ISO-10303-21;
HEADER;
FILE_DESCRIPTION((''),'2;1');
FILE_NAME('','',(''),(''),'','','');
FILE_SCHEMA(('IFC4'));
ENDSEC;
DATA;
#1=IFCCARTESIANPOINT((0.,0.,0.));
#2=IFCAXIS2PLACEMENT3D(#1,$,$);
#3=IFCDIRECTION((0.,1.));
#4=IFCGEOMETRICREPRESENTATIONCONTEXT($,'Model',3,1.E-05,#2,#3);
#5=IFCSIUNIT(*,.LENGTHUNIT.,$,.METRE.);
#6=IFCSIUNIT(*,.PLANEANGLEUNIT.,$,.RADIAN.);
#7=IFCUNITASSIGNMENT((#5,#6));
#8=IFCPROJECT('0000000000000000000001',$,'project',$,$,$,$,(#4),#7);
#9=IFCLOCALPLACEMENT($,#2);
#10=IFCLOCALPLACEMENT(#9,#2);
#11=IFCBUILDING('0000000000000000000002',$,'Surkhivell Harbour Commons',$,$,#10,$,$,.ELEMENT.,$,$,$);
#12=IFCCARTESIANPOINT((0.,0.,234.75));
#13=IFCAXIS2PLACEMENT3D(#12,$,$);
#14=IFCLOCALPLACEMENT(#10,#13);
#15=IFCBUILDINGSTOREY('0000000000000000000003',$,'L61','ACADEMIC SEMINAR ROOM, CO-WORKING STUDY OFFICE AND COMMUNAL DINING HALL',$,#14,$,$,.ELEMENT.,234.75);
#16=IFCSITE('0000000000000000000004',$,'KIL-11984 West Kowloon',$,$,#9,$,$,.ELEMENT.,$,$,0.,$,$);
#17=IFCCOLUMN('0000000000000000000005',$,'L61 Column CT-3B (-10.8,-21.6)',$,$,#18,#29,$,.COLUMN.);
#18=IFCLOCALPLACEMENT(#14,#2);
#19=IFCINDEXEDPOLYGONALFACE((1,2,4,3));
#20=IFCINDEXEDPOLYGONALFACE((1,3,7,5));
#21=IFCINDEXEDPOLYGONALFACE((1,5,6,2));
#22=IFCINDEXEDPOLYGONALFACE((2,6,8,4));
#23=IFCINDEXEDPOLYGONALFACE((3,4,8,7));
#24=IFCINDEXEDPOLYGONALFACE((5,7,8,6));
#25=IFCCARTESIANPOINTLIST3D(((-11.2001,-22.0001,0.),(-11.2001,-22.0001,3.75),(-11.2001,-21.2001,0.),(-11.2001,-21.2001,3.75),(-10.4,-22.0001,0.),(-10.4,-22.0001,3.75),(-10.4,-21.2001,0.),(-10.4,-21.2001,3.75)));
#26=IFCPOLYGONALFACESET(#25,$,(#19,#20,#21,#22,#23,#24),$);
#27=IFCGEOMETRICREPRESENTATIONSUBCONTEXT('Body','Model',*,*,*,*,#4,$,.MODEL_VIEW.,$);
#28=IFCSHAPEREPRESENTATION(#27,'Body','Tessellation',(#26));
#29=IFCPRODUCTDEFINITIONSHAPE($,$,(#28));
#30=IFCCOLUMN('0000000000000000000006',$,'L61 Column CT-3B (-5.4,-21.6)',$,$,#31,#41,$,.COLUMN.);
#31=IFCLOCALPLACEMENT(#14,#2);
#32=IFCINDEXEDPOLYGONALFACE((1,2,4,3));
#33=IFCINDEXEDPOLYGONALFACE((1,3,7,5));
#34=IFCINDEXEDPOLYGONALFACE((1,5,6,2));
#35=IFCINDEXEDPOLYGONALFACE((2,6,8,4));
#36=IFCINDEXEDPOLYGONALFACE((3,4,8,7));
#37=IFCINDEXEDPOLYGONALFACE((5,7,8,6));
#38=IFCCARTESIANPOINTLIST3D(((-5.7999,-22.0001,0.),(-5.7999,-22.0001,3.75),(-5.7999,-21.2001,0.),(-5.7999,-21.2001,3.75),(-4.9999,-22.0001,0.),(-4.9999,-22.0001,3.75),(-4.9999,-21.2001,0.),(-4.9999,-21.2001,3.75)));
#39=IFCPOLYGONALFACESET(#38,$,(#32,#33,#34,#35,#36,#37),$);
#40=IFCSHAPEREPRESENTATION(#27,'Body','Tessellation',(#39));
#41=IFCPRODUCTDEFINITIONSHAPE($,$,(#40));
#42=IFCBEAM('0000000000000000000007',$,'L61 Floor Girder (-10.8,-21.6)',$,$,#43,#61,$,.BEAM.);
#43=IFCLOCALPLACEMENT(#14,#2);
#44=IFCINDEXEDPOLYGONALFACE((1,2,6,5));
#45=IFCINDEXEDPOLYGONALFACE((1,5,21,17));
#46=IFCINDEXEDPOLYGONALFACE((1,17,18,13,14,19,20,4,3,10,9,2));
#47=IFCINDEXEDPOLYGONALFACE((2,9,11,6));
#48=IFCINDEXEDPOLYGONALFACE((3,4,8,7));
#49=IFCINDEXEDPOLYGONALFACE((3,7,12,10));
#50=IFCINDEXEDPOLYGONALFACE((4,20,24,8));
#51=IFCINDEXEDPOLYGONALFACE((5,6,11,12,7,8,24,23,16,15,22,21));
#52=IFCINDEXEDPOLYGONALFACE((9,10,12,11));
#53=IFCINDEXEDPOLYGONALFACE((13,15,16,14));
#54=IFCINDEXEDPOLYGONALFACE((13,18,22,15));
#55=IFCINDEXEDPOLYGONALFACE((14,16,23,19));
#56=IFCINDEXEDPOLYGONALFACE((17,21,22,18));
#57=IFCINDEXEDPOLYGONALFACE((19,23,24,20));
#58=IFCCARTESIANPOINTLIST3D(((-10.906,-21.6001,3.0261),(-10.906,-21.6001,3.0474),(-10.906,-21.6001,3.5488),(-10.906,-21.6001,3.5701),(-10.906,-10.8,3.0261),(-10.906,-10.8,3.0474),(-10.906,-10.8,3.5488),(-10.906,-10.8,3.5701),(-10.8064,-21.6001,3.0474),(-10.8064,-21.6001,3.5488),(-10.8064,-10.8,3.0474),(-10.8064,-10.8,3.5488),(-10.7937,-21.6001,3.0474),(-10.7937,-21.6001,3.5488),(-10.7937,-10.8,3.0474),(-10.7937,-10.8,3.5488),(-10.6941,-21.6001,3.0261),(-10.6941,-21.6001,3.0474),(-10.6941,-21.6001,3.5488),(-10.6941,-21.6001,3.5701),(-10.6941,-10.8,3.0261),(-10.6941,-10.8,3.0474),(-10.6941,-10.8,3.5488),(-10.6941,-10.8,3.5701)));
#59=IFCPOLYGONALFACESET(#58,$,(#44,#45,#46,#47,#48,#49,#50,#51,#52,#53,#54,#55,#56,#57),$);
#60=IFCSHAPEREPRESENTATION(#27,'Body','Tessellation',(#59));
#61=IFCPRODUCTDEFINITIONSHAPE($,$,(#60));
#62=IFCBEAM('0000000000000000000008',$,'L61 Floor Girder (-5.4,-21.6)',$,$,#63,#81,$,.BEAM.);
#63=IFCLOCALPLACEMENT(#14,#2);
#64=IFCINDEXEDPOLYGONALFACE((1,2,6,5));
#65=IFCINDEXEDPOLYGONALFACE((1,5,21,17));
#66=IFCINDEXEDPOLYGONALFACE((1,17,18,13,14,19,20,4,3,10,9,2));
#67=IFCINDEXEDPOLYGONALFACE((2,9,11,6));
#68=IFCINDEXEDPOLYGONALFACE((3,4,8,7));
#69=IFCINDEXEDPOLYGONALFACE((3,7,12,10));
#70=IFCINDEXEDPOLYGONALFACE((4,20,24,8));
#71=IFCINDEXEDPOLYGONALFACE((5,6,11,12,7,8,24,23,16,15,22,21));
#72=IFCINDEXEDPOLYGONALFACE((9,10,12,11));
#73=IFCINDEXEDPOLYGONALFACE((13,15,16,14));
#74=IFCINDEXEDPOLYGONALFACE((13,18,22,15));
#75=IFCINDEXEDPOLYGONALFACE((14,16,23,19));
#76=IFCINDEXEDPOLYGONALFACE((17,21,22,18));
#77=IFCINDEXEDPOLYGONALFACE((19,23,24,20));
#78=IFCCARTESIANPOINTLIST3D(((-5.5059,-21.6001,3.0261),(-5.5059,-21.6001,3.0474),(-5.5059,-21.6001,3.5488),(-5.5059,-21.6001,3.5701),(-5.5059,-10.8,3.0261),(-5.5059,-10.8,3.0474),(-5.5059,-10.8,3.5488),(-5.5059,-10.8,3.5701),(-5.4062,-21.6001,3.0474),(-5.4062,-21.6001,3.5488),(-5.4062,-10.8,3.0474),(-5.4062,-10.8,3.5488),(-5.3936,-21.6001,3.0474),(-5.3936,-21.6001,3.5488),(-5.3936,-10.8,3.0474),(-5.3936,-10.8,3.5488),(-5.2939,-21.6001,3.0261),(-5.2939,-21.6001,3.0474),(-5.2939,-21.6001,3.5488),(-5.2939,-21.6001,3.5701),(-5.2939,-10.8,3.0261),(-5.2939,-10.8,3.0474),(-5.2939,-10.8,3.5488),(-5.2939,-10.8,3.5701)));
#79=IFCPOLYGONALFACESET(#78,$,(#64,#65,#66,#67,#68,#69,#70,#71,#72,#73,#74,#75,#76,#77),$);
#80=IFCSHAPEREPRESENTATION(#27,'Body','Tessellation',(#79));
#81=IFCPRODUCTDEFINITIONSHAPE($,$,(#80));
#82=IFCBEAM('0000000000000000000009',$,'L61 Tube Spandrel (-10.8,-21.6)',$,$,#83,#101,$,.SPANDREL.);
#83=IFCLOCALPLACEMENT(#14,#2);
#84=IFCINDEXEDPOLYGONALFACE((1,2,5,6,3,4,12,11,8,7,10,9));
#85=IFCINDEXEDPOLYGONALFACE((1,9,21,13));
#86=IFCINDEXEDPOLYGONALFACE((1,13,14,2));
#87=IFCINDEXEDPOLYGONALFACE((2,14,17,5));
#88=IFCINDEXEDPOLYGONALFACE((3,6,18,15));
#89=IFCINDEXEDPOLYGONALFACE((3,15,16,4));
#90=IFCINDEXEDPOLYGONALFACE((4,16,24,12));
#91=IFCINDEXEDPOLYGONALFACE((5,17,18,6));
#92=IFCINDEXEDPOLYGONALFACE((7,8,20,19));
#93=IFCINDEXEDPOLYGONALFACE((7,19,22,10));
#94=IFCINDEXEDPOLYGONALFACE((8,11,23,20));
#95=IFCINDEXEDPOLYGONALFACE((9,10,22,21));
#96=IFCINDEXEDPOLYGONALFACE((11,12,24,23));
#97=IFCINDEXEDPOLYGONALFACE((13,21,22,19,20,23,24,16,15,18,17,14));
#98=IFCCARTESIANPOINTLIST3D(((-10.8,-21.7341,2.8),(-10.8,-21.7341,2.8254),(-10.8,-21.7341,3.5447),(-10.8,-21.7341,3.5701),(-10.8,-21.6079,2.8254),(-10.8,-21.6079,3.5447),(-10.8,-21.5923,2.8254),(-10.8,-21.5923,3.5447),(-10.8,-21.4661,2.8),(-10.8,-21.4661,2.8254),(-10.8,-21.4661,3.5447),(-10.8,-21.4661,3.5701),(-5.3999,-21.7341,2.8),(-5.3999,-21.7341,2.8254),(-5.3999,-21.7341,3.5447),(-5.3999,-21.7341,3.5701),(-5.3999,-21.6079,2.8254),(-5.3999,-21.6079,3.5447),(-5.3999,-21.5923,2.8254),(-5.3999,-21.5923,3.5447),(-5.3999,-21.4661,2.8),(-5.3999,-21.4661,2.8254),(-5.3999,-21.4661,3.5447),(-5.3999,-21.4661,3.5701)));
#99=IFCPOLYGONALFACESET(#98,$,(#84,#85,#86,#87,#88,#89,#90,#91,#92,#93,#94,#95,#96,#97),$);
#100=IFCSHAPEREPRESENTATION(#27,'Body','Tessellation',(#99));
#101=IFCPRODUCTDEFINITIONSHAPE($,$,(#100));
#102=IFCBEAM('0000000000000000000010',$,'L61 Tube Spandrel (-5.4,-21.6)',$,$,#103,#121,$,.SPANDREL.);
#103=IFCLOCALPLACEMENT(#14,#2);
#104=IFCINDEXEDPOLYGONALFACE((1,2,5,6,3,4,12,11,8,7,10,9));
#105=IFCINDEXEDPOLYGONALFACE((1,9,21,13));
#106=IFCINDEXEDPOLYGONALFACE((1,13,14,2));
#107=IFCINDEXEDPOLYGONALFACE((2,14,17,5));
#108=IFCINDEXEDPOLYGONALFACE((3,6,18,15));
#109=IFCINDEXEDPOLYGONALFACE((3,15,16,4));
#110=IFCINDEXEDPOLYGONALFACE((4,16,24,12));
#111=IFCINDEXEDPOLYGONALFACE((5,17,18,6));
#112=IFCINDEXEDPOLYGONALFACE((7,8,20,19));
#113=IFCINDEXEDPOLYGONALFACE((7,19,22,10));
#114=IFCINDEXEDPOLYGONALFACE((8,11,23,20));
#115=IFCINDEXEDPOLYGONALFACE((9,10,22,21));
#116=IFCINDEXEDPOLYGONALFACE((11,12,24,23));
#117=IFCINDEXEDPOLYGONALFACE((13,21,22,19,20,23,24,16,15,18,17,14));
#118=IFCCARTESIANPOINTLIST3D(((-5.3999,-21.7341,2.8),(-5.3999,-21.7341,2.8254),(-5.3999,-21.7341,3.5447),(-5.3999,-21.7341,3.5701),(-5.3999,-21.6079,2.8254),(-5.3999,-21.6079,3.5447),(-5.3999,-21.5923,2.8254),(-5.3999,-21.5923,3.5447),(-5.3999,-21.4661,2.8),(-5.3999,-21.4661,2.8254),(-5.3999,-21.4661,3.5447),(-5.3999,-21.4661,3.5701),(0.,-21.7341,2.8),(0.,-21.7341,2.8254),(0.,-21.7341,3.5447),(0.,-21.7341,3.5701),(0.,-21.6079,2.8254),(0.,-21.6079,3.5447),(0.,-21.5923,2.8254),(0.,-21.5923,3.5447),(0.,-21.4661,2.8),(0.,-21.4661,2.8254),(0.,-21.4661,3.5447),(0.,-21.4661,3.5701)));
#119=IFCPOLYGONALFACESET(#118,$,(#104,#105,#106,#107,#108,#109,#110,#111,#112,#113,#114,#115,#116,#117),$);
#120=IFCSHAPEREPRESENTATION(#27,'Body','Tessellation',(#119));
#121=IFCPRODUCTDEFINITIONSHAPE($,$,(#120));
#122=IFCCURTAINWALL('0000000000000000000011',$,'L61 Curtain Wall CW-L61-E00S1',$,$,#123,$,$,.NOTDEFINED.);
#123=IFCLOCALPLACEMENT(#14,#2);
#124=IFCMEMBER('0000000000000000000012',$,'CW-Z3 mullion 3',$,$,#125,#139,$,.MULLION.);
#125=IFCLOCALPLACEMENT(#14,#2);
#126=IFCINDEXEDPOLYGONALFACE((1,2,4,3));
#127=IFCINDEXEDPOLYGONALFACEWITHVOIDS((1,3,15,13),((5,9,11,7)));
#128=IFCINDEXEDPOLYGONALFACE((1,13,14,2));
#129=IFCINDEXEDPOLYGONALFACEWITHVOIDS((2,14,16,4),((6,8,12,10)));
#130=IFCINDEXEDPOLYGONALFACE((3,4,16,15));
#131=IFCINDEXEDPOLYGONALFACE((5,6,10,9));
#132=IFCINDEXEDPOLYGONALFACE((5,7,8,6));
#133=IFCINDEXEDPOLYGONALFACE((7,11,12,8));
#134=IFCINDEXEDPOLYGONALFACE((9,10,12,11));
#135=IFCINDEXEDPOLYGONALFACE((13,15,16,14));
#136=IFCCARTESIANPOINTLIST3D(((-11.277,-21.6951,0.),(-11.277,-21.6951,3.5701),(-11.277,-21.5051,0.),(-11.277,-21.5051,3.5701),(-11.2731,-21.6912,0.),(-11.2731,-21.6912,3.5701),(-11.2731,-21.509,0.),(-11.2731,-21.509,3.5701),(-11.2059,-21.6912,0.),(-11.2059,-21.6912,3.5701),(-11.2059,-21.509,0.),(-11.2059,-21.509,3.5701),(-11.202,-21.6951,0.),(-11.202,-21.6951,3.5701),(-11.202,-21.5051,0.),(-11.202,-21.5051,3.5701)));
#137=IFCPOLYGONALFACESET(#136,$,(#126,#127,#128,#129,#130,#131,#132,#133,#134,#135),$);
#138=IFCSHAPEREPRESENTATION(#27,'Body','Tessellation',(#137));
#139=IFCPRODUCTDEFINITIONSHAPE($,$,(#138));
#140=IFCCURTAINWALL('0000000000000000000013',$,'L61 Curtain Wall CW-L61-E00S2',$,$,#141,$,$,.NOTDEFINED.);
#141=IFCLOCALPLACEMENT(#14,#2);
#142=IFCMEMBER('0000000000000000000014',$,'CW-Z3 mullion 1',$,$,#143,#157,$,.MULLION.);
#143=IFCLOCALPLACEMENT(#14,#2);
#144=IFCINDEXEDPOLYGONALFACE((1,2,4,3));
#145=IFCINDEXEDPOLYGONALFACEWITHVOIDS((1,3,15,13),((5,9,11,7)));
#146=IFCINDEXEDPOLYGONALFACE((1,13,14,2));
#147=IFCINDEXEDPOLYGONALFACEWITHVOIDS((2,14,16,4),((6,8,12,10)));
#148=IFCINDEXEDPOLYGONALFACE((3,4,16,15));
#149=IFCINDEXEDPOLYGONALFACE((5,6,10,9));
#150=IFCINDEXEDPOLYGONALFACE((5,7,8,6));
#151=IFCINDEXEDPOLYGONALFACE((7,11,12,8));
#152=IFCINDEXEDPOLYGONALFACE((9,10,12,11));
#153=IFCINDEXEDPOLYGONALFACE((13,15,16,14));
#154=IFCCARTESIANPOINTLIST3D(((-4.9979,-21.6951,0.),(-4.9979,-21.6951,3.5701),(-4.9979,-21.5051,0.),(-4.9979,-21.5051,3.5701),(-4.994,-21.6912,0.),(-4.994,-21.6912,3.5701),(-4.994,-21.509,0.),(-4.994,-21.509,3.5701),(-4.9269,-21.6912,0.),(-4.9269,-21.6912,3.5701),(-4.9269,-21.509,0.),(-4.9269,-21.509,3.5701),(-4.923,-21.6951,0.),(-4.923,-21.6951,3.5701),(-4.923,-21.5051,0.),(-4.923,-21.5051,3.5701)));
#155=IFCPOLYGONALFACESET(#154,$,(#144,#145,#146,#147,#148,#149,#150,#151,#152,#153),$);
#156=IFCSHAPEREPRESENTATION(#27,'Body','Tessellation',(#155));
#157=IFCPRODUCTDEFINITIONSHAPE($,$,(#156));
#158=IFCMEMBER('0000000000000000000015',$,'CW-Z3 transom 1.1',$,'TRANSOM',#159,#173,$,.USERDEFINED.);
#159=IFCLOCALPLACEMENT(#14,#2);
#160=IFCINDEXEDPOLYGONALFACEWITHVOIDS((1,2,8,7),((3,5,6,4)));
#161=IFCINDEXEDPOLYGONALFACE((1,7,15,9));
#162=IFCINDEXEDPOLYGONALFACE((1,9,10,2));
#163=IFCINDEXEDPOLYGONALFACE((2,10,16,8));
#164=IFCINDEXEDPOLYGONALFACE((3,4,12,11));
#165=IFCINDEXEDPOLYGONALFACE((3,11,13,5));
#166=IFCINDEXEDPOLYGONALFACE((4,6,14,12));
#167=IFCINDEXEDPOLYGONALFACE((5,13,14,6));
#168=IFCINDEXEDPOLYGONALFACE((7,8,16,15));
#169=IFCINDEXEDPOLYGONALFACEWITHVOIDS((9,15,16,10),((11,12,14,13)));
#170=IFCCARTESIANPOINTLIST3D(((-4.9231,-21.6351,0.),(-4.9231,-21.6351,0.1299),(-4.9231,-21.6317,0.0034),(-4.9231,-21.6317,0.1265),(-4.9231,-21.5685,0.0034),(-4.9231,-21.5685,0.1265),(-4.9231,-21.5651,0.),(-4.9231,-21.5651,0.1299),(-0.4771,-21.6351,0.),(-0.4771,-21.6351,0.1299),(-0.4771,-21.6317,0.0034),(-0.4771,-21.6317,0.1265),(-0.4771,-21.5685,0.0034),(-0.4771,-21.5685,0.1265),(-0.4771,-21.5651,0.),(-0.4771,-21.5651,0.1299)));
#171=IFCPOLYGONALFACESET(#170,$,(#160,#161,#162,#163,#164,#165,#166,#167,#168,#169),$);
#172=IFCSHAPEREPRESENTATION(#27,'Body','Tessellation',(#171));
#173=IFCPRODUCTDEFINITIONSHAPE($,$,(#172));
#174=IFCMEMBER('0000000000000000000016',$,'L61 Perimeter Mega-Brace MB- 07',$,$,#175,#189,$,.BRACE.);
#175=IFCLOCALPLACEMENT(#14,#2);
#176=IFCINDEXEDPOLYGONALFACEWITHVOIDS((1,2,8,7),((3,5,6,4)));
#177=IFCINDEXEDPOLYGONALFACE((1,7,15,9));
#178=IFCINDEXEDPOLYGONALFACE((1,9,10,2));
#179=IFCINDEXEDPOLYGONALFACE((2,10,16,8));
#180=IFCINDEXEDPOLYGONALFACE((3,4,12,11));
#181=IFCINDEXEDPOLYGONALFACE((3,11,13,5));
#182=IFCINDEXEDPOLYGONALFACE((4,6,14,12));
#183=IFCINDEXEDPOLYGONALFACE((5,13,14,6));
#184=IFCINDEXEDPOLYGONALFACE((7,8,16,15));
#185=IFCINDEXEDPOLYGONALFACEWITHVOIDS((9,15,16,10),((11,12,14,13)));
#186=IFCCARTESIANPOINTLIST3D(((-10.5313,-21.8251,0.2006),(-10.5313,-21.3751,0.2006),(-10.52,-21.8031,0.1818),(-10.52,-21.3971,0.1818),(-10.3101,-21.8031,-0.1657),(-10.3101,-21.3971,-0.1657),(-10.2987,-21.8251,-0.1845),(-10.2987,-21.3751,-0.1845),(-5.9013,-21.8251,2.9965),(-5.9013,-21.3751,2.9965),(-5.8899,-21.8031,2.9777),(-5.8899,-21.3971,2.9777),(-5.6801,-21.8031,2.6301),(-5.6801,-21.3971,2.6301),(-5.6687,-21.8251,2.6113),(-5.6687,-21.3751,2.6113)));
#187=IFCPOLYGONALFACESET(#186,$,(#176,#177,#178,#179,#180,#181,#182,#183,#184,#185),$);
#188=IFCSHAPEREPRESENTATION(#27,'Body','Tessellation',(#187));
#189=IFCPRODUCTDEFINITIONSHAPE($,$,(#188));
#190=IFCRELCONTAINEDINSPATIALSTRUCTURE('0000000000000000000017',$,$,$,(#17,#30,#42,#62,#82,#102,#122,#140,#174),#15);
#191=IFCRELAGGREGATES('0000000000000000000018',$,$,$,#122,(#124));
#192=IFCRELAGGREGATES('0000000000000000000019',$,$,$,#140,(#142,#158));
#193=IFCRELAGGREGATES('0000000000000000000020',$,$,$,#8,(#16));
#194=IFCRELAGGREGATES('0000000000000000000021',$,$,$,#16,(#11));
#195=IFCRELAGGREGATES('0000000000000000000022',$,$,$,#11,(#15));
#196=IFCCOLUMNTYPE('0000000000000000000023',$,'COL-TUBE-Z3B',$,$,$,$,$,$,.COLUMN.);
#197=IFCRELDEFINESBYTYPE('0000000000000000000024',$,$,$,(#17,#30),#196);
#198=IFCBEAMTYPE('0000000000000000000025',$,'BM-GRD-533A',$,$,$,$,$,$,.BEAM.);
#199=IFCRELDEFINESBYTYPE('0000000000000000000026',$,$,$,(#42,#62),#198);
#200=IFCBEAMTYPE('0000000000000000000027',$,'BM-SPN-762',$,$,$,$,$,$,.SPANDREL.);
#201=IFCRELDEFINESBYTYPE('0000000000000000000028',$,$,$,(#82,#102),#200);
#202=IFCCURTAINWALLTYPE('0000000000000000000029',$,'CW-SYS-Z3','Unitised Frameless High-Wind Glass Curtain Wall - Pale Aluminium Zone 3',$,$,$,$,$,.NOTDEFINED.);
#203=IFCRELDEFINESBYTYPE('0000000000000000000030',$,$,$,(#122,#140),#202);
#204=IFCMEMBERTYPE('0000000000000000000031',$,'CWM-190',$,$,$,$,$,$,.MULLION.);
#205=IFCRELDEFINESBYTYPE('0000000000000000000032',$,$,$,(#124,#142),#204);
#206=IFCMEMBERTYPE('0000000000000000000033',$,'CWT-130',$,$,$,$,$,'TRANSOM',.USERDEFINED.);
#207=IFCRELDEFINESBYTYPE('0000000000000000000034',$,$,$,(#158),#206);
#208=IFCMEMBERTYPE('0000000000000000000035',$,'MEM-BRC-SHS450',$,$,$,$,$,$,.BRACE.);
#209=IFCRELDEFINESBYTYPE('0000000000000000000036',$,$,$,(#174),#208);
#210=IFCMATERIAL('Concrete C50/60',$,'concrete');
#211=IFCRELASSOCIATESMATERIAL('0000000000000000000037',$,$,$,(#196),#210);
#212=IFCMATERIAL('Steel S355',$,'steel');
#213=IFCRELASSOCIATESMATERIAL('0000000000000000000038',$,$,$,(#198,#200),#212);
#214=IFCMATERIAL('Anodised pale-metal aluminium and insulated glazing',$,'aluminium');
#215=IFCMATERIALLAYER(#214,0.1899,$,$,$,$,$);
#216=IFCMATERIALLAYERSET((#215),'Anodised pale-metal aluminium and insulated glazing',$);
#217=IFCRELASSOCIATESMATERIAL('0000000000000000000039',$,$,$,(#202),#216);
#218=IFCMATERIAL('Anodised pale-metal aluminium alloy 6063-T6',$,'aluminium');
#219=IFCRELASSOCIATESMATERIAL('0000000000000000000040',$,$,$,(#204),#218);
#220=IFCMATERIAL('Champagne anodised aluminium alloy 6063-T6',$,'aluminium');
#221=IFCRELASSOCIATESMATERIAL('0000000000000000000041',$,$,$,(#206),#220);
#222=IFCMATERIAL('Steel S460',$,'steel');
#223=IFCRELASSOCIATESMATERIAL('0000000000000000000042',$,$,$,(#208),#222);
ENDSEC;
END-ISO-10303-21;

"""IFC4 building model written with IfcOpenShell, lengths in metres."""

from ifc_helpers import new_model, si_unit, direction, frame, origin, origin_2d, place, context, subcontext, project, spatial, rectangle, hollow_rectangle, i_section, extrude, material, layer, layer_set, material_profile, profile_set, type_object, element, aggregate, save


model = new_model("IFC4")

# Units and contexts
model_context = context("Model", 3, precision=1e-05, world=origin(), true_north=direction((0.0, 1.0)))
body_context = subcontext(model_context, "Body", "Model", "MODEL_VIEW")
ifc_project = project(units=[si_unit("LENGTHUNIT", "METRE"), si_unit("PLANEANGLEUNIT", "RADIAN")], contexts=[model_context])

# Site, building, storey
site_placement = place(None, origin())
site = spatial("IfcSite", under=ifc_project, at=site_placement, Name="KIL-11984 West Kowloon", CompositionType="ELEMENT", RefElevation=0.0)
building_placement = place(site_placement, origin())
building = spatial("IfcBuilding", under=site, at=building_placement, Name="Surkhivell Harbour Commons", CompositionType="ELEMENT")
storey_placement = place(building_placement, frame((0.0, 0.0, 234.75)))
storey = spatial("IfcBuildingStorey", under=building, at=storey_placement, Name="L61", Description="ACADEMIC SEMINAR ROOM, CO-WORKING STUDY OFFICE AND COMMUNAL DINING HALL", CompositionType="ELEMENT", Elevation=234.75)

# Columns
ifc_material_1 = material(Name="Concrete C50/60", Category="concrete")
ifc_material_profile_1 = material_profile(ifc_material_1, rectangle(XDim=0.8, YDim=0.8, at=origin_2d()), Name="RC-COL-800x800")
ifc_profile_set_1 = profile_set([ifc_material_profile_1], Name="Concrete C50/60")
column_type = type_object("IfcColumnType", Name="COL-TUBE-Z3B", PredefinedType="COLUMN", material=ifc_profile_set_1)
for number, where, z_axis, x_axis, name in (
    (1, (-10.8, -21.6001, 0.0), (0.0, 0.0, 1.0), (1.0, 0.0, 0.0), "L61 Column CT-3B (-10.8,-21.6)"),
    (2, (-5.3999, -21.6001, 0.0), (0.0, 0.0, 1.0), (1.0, 0.0, 0.0), "L61 Column CT-3B (-5.4,-21.6)"),
):
    element("IfcColumn", number, at=place(storey_placement, frame(where, z_axis=z_axis, x_axis=x_axis)), inside=storey, type_object=column_type, Name=name, PredefinedType="COLUMN", context=body_context, shape_type="SweptSolid", body=[
        extrude(rectangle(XDim=0.8, YDim=0.8, at=origin_2d()), origin(), (0.0, 0.0, 1.0), 3.75),
    ])

# Beams
ifc_material_2 = material(Name="Steel S355", Category="steel")
ifc_material_profile_2 = material_profile(ifc_material_2, i_section(OverallWidth=0.2119, OverallDepth=0.5439, WebThickness=0.0127, FlangeThickness=0.0212, at=origin_2d()), Name="UB533x210x122")
ifc_profile_set_2 = profile_set([ifc_material_profile_2], Name="Steel S355")
beam_type_1 = type_object("IfcBeamType", Name="BM-GRD-533A", PredefinedType="BEAM", material=ifc_profile_set_2)
for number, where, z_axis, x_axis, name in (
    (3, (-10.8, -21.6001, 3.2981), (0.0, 1.0, 0.0), (-1.0, 0.0, 0.0), "L61 Floor Girder (-10.8,-21.6)"),
    (4, (-5.3999, -21.6001, 3.2981), (0.0, 1.0, 0.0), (-1.0, 0.0, 0.0), "L61 Floor Girder (-5.4,-21.6)"),
):
    element("IfcBeam", number, at=place(storey_placement, frame(where, z_axis=z_axis, x_axis=x_axis)), inside=storey, type_object=beam_type_1, Name=name, PredefinedType="BEAM", context=body_context, shape_type="SweptSolid", body=[
        extrude(i_section(OverallWidth=0.2119, OverallDepth=0.5439, WebThickness=0.0127, FlangeThickness=0.0212, at=origin_2d()), origin(), (0.0, 0.0, 1.0), 10.8),
    ])
ifc_material_profile_3 = material_profile(ifc_material_2, i_section(OverallWidth=0.2681, OverallDepth=0.77, WebThickness=0.0156, FlangeThickness=0.0254, at=origin_2d()), Name="UB762x267x197")
ifc_profile_set_3 = profile_set([ifc_material_profile_3], Name="Steel S355")
beam_type_2 = type_object("IfcBeamType", Name="BM-SPN-762", PredefinedType="SPANDREL", material=ifc_profile_set_3)
beam_1_placement = place(storey_placement, frame((-10.8, -21.6001, 3.1851), z_axis=(1.0, 0.0, 0.0), x_axis=(0.0, 1.0, 0.0)))
element("IfcBeam", 5, at=beam_1_placement, inside=storey, type_object=beam_type_2, Name="L61 Tube Spandrel (-10.8,-21.6)", PredefinedType="SPANDREL", context=body_context, shape_type="SweptSolid", body=[
    extrude(i_section(OverallWidth=0.2681, OverallDepth=0.77, WebThickness=0.0156, FlangeThickness=0.0254, at=origin_2d()), origin(), (0.0, 0.0, 1.0), 5.4001),
])
beam_2_placement = place(storey_placement, frame((-5.3999, -21.6001, 3.1851), z_axis=(1.0, 0.0, 0.0), x_axis=(0.0, 1.0, 0.0)))
element("IfcBeam", 6, at=beam_2_placement, inside=storey, type_object=beam_type_2, Name="L61 Tube Spandrel (-5.4,-21.6)", PredefinedType="SPANDREL", context=body_context, shape_type="SweptSolid", body=[
    extrude(i_section(OverallWidth=0.2681, OverallDepth=0.77, WebThickness=0.0156, FlangeThickness=0.0254, at=origin_2d()), origin(), (0.0, 0.0, 1.0), 5.3999),
])

# Curtain wall, member
ifc_material_3 = material(Name="Anodised pale-metal aluminium and insulated glazing", Category="aluminium")
ifc_layer_1 = layer(ifc_material_3, 0.1899)
ifc_layer_set_1 = layer_set([ifc_layer_1], Name="Anodised pale-metal aluminium and insulated glazing")
curtain_wall_type = type_object("IfcCurtainWallType", Name="CW-SYS-Z3", Description="Unitised Frameless High-Wind Glass Curtain Wall - Pale Aluminium Zone 3", PredefinedType="NOTDEFINED", material=ifc_layer_set_1)
curtain_wall_1_placement = place(storey_placement, origin())
curtain_wall_1 = element("IfcCurtainWall", 7, at=curtain_wall_1_placement, inside=storey, type_object=curtain_wall_type, Name="L61 Curtain Wall CW-L61-E00S1", PredefinedType="NOTDEFINED")
ifc_material_4 = material(Name="Anodised pale-metal aluminium alloy 6063-T6", Category="aluminium")
ifc_material_profile_4 = material_profile(ifc_material_4, hollow_rectangle(XDim=0.075, YDim=0.1899, WallThickness=0.0039, at=origin_2d()), Name="ALU-MULL-75x190")
ifc_profile_set_4 = profile_set([ifc_material_profile_4], Name="Anodised pale-metal aluminium alloy 6063-T6")
member_type_1 = type_object("IfcMemberType", Name="CWM-190", PredefinedType="MULLION", material=ifc_profile_set_4)
member_1_placement = place(storey_placement, frame((-11.2395, -21.6001, 0.0), z_axis=(0.0, 0.0, 1.0), x_axis=(1.0, 0.0, 0.0)))
member_1 = element("IfcMember", 8, at=member_1_placement, type_object=member_type_1, Name="CW-Z3 mullion 3", PredefinedType="MULLION", context=body_context, shape_type="SweptSolid", body=[
    extrude(hollow_rectangle(XDim=0.075, YDim=0.1899, WallThickness=0.0039, at=origin_2d()), origin(), (0.0, 0.0, 1.0), 3.5701),
])

# Curtain wall, members
curtain_wall_2_placement = place(storey_placement, origin())
curtain_wall_2 = element("IfcCurtainWall", 9, at=curtain_wall_2_placement, inside=storey, type_object=curtain_wall_type, Name="L61 Curtain Wall CW-L61-E00S2", PredefinedType="NOTDEFINED")
member_2_placement = place(storey_placement, frame((-4.9604, -21.6001, 0.0), z_axis=(0.0, 0.0, 1.0), x_axis=(1.0, 0.0, 0.0)))
member_2 = element("IfcMember", 10, at=member_2_placement, type_object=member_type_1, Name="CW-Z3 mullion 1", PredefinedType="MULLION", context=body_context, shape_type="SweptSolid", body=[
    extrude(hollow_rectangle(XDim=0.075, YDim=0.1899, WallThickness=0.0039, at=origin_2d()), origin(), (0.0, 0.0, 1.0), 3.5701),
])
ifc_material_5 = material(Name="Champagne anodised aluminium alloy 6063-T6", Category="aluminium")
ifc_material_profile_5 = material_profile(ifc_material_5, hollow_rectangle(XDim=0.0701, YDim=0.1299, WallThickness=0.0034, at=origin_2d()), Name="ALU-TRAN-70x130")
ifc_profile_set_5 = profile_set([ifc_material_profile_5], Name="Champagne anodised aluminium alloy 6063-T6")
member_type_2 = type_object("IfcMemberType", Name="CWT-130", ElementType="TRANSOM", PredefinedType="USERDEFINED", material=ifc_profile_set_5)
member_3_placement = place(storey_placement, frame((-4.9231, -21.6001, 0.0649), z_axis=(1.0, 0.0, 0.0), x_axis=(0.0, 1.0, 0.0)))
member_3 = element("IfcMember", 11, at=member_3_placement, type_object=member_type_2, Name="CW-Z3 transom 1.1", ObjectType="TRANSOM", PredefinedType="USERDEFINED", context=body_context, shape_type="SweptSolid", body=[
    extrude(hollow_rectangle(XDim=0.0701, YDim=0.1299, WallThickness=0.0034, at=origin_2d()), origin(), (0.0, 0.0, 1.0), 4.446),
])

# Member
ifc_material_6 = material(Name="Steel S460", Category="steel")
ifc_material_profile_6 = material_profile(ifc_material_6, hollow_rectangle(XDim=0.45, YDim=0.45, WallThickness=0.022, at=origin_2d()), Name="SHS450x450x22")
ifc_profile_set_6 = profile_set([ifc_material_profile_6], Name="Steel S460")
member_type_3 = type_object("IfcMemberType", Name="MEM-BRC-SHS450", PredefinedType="BRACE", material=ifc_profile_set_6)
member_4_placement = place(storey_placement, frame((-10.415, -21.6001, 0.0081), z_axis=(0.856036, 0.0, 0.516917), x_axis=(0.0, 1.0, 0.0)))
element("IfcMember", 12, at=member_4_placement, inside=storey, type_object=member_type_3, Name="L61 Perimeter Mega-Brace MB- 07", PredefinedType="BRACE", context=body_context, shape_type="SweptSolid", body=[
    extrude(hollow_rectangle(XDim=0.45, YDim=0.45, WallThickness=0.022, at=origin_2d()), origin(), (0.0, 0.0, 1.0), 5.4087),
])

aggregate(curtain_wall_1, [member_1])
aggregate(curtain_wall_2, [member_2, member_3])

save(model, "model.ifc")
